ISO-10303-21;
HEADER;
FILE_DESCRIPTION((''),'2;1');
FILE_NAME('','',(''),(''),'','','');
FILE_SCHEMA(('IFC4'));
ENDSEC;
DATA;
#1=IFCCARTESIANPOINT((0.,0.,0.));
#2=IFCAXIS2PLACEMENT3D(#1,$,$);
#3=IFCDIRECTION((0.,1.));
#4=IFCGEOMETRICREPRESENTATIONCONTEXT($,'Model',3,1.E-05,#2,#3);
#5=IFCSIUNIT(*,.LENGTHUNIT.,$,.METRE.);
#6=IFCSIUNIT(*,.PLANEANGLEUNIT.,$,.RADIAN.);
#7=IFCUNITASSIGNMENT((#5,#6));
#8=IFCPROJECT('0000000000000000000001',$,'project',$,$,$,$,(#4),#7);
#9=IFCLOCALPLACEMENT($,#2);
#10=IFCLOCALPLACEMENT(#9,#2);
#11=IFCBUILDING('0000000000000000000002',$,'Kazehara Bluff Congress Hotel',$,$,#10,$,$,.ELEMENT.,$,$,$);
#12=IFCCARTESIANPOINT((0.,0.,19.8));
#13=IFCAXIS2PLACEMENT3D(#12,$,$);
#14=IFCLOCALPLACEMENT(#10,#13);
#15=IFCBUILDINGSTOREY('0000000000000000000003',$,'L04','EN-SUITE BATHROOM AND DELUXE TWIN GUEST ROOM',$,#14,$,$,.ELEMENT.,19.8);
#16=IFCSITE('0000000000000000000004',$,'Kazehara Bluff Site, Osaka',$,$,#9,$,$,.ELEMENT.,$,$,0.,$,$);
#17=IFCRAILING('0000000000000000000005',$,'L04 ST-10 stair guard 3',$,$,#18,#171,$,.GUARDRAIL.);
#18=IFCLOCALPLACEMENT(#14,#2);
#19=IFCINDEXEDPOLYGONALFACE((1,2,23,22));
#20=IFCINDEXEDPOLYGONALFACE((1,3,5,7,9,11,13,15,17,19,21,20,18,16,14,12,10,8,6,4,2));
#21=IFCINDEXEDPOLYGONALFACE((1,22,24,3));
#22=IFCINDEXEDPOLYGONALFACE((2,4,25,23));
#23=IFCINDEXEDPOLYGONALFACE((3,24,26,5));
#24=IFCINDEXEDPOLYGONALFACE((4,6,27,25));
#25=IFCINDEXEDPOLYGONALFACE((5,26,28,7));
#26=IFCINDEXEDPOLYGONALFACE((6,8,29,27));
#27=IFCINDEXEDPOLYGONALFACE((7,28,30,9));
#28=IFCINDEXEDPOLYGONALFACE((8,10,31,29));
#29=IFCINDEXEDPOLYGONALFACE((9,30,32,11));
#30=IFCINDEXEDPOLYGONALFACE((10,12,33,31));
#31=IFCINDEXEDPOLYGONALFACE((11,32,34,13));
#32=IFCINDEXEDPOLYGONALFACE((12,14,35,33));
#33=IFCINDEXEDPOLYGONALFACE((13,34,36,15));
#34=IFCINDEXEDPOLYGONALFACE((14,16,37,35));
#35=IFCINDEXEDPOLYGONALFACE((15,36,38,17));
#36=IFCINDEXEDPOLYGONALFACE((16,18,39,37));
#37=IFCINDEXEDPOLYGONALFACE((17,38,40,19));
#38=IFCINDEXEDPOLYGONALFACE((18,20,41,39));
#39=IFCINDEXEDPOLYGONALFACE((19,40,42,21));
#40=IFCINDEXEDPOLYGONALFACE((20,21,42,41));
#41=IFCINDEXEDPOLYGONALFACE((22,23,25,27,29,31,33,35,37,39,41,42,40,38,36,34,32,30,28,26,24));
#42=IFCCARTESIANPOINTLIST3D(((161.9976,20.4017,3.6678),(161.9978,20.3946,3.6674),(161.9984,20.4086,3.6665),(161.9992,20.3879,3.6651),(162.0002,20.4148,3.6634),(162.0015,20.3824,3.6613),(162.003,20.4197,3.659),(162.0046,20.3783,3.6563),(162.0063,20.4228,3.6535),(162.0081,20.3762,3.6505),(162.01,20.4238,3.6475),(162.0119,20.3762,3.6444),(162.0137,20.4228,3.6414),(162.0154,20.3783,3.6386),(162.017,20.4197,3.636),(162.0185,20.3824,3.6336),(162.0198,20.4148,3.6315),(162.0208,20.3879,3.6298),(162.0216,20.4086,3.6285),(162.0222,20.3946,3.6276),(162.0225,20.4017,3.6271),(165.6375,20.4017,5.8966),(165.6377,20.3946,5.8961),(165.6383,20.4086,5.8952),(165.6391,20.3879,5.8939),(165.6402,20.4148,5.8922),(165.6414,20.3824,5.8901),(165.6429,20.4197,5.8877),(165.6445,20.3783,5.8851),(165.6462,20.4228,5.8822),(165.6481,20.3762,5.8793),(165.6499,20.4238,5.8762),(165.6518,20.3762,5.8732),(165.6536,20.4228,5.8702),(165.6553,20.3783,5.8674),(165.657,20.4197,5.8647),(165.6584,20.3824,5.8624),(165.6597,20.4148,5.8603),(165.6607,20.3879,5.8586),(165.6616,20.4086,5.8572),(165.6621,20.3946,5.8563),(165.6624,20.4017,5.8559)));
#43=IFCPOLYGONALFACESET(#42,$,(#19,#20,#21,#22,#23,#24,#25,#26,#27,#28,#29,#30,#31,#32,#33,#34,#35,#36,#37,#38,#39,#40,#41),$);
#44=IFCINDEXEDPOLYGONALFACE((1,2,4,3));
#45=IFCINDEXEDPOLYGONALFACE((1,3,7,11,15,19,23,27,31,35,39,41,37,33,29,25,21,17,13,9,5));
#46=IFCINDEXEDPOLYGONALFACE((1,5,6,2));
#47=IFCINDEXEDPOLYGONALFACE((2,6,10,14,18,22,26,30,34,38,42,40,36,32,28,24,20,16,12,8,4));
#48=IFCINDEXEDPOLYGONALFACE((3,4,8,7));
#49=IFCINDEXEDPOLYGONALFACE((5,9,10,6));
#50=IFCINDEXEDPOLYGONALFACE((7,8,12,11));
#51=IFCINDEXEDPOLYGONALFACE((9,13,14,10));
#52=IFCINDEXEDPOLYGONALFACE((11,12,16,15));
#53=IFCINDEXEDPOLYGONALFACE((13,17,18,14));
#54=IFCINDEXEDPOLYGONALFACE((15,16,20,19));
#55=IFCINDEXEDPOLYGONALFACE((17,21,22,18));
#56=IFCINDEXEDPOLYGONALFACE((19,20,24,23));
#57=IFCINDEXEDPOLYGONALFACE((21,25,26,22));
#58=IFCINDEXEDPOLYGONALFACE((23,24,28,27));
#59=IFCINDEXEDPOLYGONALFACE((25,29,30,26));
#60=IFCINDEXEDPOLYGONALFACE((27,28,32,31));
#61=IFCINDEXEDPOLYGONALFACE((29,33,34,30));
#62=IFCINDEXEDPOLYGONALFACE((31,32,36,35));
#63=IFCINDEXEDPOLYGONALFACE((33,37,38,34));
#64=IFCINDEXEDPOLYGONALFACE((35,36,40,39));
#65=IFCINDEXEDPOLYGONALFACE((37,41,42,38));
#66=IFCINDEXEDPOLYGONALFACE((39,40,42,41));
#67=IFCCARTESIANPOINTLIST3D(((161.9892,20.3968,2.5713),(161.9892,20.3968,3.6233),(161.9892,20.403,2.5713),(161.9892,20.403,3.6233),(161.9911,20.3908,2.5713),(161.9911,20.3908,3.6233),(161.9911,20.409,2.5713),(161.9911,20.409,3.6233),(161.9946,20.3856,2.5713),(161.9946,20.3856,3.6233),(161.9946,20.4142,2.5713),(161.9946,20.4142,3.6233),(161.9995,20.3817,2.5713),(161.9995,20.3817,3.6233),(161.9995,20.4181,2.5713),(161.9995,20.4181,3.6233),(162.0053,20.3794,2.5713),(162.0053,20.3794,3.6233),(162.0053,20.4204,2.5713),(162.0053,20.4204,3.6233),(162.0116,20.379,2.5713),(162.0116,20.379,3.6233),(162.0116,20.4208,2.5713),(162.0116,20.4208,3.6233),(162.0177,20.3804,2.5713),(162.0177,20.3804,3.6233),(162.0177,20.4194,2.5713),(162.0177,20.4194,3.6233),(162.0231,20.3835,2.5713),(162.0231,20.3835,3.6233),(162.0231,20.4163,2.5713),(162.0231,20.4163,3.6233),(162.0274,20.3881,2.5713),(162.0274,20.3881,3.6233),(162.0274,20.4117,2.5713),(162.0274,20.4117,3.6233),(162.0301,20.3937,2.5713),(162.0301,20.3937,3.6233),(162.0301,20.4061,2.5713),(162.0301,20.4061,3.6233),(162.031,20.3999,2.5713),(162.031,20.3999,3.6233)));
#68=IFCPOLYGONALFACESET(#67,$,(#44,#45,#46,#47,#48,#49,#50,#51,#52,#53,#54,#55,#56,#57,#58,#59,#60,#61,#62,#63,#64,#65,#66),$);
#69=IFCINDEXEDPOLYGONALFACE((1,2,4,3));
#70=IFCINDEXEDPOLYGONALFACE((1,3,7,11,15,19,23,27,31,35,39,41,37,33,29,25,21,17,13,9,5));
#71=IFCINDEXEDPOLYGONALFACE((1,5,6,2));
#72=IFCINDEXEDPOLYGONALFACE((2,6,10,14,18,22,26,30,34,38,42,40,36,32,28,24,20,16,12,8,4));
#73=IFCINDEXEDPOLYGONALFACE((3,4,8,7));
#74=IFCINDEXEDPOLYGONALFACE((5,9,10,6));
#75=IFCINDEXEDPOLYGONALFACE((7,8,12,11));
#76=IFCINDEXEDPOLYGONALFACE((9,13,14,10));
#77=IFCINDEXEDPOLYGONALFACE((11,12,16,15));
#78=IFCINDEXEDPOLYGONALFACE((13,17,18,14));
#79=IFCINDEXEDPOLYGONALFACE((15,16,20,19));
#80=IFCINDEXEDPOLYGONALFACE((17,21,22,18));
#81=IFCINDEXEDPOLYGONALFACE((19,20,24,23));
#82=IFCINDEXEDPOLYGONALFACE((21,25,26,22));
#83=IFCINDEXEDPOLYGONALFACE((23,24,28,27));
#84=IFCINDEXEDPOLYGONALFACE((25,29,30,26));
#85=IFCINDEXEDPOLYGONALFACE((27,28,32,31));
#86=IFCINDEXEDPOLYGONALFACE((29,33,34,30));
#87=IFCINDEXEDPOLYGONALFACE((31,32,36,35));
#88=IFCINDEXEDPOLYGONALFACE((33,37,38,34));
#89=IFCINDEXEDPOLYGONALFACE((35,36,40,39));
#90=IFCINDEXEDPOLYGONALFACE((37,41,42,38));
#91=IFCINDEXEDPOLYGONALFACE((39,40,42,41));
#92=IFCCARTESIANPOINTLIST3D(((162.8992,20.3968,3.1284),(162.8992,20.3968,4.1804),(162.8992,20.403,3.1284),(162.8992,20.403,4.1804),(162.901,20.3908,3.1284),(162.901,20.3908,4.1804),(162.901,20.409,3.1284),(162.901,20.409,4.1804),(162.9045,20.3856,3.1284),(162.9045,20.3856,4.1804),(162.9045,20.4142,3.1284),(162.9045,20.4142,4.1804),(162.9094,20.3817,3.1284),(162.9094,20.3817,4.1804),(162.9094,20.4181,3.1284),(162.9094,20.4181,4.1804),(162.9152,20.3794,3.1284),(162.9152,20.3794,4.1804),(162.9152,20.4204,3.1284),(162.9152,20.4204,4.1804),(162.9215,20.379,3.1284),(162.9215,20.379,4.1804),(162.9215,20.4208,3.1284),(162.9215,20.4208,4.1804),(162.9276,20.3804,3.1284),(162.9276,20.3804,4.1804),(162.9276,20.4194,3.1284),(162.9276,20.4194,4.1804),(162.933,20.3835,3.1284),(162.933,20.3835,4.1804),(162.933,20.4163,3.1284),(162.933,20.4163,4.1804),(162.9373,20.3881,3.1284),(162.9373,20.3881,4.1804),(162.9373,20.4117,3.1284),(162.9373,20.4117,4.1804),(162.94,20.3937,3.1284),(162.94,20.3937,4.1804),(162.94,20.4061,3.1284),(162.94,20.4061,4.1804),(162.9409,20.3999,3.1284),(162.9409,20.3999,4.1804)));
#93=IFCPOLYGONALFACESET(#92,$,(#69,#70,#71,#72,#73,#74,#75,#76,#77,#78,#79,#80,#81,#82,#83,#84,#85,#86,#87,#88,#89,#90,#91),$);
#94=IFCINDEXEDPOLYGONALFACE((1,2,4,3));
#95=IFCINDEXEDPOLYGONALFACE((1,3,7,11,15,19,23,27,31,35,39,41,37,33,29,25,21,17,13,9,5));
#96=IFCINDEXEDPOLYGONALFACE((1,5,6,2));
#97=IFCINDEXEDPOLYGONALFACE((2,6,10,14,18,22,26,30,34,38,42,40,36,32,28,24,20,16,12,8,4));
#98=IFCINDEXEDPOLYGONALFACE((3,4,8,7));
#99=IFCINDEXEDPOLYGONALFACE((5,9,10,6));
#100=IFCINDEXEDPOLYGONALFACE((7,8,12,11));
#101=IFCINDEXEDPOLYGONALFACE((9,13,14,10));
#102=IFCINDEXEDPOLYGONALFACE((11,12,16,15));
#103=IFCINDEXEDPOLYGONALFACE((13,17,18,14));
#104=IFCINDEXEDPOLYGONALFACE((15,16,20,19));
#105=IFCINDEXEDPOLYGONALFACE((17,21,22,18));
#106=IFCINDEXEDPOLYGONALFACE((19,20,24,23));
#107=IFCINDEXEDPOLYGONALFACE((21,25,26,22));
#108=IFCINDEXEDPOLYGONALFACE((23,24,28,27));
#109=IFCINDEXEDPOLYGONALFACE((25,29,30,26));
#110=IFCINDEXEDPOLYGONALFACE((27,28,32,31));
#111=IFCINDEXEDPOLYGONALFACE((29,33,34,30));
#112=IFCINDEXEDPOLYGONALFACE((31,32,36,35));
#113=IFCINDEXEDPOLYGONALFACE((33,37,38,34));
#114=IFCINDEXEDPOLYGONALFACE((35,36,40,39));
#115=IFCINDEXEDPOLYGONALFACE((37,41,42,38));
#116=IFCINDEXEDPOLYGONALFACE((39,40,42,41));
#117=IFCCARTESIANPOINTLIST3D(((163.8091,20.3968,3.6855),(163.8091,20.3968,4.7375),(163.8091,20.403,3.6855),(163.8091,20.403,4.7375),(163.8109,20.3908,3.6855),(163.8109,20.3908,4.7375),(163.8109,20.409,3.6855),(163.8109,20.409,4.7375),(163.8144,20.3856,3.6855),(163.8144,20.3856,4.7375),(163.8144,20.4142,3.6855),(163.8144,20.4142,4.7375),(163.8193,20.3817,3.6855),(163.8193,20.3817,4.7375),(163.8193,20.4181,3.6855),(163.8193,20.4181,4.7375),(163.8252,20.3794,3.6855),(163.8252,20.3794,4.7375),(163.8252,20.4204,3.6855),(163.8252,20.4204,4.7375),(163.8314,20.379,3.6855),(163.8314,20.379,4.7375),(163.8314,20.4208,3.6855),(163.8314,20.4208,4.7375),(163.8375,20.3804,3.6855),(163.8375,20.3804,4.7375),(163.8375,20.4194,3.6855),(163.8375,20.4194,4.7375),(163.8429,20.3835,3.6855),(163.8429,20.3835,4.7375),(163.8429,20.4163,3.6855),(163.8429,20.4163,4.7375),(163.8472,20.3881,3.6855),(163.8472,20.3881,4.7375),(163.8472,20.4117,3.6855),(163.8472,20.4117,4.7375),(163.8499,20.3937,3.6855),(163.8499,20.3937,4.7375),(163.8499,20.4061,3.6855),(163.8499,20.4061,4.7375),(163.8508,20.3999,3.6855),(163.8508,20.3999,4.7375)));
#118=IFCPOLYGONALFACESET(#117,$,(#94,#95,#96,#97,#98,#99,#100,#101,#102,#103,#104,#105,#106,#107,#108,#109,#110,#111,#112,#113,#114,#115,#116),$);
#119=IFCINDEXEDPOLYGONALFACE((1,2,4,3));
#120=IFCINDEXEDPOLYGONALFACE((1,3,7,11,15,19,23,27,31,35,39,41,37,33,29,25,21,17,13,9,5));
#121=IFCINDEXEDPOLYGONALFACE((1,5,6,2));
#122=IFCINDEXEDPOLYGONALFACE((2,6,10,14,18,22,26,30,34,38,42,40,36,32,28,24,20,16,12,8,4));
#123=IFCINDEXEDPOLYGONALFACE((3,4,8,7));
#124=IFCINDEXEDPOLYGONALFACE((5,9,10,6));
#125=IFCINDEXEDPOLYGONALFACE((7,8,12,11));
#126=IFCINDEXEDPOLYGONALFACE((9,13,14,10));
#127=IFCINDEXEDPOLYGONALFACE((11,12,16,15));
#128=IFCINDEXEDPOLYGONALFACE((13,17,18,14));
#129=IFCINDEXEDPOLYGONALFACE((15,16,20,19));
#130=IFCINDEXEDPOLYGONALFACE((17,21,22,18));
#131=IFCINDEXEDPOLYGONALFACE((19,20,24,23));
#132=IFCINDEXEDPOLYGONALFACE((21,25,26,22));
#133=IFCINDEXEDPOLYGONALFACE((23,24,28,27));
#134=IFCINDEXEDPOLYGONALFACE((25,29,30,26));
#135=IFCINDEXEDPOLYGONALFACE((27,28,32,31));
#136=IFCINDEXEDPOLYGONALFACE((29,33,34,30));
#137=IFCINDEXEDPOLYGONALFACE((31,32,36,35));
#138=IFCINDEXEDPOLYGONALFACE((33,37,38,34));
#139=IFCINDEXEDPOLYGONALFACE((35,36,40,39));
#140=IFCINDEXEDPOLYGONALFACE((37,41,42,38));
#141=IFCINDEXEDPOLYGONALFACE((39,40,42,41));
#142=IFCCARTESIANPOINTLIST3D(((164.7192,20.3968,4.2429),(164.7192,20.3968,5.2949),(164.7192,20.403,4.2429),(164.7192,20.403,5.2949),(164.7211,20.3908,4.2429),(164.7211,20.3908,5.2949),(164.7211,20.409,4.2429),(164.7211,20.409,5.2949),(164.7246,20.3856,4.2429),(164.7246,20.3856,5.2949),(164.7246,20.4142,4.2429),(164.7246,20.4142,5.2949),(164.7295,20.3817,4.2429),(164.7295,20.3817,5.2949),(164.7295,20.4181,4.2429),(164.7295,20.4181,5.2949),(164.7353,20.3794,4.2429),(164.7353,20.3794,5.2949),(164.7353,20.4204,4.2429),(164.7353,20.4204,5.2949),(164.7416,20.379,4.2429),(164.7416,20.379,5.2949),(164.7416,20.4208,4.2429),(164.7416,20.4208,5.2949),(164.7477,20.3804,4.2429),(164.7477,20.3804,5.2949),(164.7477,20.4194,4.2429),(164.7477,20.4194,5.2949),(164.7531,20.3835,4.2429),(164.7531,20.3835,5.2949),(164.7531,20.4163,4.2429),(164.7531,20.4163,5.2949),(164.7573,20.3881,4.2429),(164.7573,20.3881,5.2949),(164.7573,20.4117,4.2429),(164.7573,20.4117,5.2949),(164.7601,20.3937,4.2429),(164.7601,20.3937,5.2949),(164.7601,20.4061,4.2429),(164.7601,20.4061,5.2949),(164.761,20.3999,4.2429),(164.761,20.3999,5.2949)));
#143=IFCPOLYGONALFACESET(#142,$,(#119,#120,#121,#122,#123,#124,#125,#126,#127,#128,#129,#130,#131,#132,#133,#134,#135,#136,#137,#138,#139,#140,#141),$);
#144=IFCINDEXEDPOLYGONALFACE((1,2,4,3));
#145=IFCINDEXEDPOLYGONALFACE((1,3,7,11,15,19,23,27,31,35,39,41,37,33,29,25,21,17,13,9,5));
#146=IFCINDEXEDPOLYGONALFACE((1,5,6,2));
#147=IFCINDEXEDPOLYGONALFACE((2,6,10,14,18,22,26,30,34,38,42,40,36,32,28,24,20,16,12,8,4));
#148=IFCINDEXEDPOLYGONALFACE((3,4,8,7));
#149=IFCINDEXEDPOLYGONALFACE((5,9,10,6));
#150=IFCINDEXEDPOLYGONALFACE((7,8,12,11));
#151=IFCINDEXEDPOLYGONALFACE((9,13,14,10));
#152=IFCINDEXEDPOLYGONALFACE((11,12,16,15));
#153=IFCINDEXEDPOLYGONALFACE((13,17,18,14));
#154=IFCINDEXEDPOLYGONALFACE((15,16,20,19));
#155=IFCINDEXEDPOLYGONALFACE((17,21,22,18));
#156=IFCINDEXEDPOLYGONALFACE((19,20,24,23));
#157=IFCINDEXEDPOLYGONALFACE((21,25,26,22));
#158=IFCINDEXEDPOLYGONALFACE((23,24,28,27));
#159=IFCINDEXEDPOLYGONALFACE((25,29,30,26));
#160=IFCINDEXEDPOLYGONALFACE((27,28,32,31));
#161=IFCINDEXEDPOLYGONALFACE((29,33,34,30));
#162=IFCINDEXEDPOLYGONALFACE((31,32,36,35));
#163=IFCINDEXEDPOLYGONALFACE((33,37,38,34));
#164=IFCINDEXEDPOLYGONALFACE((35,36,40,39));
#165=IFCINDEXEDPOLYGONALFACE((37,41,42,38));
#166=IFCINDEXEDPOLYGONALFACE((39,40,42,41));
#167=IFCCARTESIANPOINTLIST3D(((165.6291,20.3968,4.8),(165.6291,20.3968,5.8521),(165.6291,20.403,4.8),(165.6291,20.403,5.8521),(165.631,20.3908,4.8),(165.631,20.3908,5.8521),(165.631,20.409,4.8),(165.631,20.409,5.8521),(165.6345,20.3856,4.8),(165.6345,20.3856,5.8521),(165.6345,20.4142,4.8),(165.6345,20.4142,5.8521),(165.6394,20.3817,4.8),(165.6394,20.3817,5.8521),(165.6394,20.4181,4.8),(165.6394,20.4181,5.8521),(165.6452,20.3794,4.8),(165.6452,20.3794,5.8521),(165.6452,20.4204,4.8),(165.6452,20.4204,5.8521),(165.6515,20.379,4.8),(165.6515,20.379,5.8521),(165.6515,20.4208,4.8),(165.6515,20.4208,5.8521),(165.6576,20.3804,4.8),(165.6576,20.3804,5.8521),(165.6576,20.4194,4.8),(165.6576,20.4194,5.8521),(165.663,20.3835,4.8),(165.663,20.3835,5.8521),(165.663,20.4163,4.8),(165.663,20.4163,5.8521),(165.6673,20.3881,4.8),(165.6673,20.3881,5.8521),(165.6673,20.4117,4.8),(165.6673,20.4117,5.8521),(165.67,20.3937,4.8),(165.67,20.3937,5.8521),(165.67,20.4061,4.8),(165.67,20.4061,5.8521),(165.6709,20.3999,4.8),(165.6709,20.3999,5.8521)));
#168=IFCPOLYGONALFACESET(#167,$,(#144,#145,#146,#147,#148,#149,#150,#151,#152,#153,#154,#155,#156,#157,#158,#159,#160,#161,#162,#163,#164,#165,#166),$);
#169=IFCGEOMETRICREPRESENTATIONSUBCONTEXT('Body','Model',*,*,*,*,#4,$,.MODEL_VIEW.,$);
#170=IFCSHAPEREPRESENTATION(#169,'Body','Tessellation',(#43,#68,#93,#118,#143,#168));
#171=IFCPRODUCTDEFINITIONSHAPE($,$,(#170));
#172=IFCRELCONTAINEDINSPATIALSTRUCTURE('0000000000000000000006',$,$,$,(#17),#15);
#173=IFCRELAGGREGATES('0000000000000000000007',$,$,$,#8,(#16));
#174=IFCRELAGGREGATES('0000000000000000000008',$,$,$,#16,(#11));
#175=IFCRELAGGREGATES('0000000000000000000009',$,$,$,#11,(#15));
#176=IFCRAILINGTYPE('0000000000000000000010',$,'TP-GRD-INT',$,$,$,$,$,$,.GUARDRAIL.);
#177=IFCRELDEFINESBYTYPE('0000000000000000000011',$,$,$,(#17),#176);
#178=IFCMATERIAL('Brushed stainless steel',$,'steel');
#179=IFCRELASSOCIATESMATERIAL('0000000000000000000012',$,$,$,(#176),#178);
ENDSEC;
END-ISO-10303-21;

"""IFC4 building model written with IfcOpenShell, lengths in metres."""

from ifc_helpers import new_model, si_unit, direction, frame, origin, origin_2d, place, context, subcontext, project, spatial, circle, extrude, material, type_object, element, save


model = new_model("IFC4")

# Units and contexts
model_context = context("Model", 3, precision=1e-05, world=origin(), true_north=direction((0.0, 1.0)))
body_context = subcontext(model_context, "Body", "Model", "MODEL_VIEW")
ifc_project = project(units=[si_unit("LENGTHUNIT", "METRE"), si_unit("PLANEANGLEUNIT", "RADIAN")], contexts=[model_context])

# Site, building, storey
site_placement = place(None, origin())
site = spatial("IfcSite", under=ifc_project, at=site_placement, Name="Kazehara Bluff Site, Osaka", CompositionType="ELEMENT", RefElevation=0.0)
building_placement = place(site_placement, origin())
building = spatial("IfcBuilding", under=site, at=building_placement, Name="Kazehara Bluff Congress Hotel", CompositionType="ELEMENT")
storey_placement = place(building_placement, frame((0.0, 0.0, 19.8)))
storey = spatial("IfcBuildingStorey", under=building, at=storey_placement, Name="L04", Description="EN-SUITE BATHROOM AND DELUXE TWIN GUEST ROOM", CompositionType="ELEMENT", Elevation=19.8)

# Railing
ifc_material_1 = material(Name="Brushed stainless steel", Category="steel")
railing_type_1 = type_object("IfcRailingType", Name="TP-GRD-INT", PredefinedType="GUARDRAIL", material=ifc_material_1)
railing_1_placement = place(storey_placement, frame((162.01, 20.3999, 2.5713)))
element("IfcRailing", 1, at=railing_1_placement, inside=storey, type_object=railing_type_1, Name="L04 ST-10 stair guard 3", PredefinedType="GUARDRAIL", context=body_context, shape_type="SweptSolid", body=[
    extrude(circle(Radius=0.0239, at=origin_2d()), frame((0.0, 0.0, 1.0762), z_axis=(0.852825, 0.0, 0.522197), x_axis=(0.0, 1.0, 0.0)), (0.0, 0.0, 1.0), 4.2681),
    extrude(circle(Radius=0.021, at=origin_2d()), origin(), (0.0, 0.0, 1.0), 1.052),
    extrude(circle(Radius=0.021, at=origin_2d()), frame((0.9099, 0.0, 0.5571)), (0.0, 0.0, 1.0), 1.052),
    extrude(circle(Radius=0.021, at=origin_2d()), frame((1.8198, 0.0, 1.1143)), (0.0, 0.0, 1.0), 1.052),
    extrude(circle(Radius=0.021, at=origin_2d()), frame((2.73, 0.0, 1.6716)), (0.0, 0.0, 1.0), 1.052),
    extrude(circle(Radius=0.021, at=origin_2d()), frame((3.6399, 0.0, 2.2288)), (0.0, 0.0, 1.0), 1.052),
])

save(model, "model.ifc")
